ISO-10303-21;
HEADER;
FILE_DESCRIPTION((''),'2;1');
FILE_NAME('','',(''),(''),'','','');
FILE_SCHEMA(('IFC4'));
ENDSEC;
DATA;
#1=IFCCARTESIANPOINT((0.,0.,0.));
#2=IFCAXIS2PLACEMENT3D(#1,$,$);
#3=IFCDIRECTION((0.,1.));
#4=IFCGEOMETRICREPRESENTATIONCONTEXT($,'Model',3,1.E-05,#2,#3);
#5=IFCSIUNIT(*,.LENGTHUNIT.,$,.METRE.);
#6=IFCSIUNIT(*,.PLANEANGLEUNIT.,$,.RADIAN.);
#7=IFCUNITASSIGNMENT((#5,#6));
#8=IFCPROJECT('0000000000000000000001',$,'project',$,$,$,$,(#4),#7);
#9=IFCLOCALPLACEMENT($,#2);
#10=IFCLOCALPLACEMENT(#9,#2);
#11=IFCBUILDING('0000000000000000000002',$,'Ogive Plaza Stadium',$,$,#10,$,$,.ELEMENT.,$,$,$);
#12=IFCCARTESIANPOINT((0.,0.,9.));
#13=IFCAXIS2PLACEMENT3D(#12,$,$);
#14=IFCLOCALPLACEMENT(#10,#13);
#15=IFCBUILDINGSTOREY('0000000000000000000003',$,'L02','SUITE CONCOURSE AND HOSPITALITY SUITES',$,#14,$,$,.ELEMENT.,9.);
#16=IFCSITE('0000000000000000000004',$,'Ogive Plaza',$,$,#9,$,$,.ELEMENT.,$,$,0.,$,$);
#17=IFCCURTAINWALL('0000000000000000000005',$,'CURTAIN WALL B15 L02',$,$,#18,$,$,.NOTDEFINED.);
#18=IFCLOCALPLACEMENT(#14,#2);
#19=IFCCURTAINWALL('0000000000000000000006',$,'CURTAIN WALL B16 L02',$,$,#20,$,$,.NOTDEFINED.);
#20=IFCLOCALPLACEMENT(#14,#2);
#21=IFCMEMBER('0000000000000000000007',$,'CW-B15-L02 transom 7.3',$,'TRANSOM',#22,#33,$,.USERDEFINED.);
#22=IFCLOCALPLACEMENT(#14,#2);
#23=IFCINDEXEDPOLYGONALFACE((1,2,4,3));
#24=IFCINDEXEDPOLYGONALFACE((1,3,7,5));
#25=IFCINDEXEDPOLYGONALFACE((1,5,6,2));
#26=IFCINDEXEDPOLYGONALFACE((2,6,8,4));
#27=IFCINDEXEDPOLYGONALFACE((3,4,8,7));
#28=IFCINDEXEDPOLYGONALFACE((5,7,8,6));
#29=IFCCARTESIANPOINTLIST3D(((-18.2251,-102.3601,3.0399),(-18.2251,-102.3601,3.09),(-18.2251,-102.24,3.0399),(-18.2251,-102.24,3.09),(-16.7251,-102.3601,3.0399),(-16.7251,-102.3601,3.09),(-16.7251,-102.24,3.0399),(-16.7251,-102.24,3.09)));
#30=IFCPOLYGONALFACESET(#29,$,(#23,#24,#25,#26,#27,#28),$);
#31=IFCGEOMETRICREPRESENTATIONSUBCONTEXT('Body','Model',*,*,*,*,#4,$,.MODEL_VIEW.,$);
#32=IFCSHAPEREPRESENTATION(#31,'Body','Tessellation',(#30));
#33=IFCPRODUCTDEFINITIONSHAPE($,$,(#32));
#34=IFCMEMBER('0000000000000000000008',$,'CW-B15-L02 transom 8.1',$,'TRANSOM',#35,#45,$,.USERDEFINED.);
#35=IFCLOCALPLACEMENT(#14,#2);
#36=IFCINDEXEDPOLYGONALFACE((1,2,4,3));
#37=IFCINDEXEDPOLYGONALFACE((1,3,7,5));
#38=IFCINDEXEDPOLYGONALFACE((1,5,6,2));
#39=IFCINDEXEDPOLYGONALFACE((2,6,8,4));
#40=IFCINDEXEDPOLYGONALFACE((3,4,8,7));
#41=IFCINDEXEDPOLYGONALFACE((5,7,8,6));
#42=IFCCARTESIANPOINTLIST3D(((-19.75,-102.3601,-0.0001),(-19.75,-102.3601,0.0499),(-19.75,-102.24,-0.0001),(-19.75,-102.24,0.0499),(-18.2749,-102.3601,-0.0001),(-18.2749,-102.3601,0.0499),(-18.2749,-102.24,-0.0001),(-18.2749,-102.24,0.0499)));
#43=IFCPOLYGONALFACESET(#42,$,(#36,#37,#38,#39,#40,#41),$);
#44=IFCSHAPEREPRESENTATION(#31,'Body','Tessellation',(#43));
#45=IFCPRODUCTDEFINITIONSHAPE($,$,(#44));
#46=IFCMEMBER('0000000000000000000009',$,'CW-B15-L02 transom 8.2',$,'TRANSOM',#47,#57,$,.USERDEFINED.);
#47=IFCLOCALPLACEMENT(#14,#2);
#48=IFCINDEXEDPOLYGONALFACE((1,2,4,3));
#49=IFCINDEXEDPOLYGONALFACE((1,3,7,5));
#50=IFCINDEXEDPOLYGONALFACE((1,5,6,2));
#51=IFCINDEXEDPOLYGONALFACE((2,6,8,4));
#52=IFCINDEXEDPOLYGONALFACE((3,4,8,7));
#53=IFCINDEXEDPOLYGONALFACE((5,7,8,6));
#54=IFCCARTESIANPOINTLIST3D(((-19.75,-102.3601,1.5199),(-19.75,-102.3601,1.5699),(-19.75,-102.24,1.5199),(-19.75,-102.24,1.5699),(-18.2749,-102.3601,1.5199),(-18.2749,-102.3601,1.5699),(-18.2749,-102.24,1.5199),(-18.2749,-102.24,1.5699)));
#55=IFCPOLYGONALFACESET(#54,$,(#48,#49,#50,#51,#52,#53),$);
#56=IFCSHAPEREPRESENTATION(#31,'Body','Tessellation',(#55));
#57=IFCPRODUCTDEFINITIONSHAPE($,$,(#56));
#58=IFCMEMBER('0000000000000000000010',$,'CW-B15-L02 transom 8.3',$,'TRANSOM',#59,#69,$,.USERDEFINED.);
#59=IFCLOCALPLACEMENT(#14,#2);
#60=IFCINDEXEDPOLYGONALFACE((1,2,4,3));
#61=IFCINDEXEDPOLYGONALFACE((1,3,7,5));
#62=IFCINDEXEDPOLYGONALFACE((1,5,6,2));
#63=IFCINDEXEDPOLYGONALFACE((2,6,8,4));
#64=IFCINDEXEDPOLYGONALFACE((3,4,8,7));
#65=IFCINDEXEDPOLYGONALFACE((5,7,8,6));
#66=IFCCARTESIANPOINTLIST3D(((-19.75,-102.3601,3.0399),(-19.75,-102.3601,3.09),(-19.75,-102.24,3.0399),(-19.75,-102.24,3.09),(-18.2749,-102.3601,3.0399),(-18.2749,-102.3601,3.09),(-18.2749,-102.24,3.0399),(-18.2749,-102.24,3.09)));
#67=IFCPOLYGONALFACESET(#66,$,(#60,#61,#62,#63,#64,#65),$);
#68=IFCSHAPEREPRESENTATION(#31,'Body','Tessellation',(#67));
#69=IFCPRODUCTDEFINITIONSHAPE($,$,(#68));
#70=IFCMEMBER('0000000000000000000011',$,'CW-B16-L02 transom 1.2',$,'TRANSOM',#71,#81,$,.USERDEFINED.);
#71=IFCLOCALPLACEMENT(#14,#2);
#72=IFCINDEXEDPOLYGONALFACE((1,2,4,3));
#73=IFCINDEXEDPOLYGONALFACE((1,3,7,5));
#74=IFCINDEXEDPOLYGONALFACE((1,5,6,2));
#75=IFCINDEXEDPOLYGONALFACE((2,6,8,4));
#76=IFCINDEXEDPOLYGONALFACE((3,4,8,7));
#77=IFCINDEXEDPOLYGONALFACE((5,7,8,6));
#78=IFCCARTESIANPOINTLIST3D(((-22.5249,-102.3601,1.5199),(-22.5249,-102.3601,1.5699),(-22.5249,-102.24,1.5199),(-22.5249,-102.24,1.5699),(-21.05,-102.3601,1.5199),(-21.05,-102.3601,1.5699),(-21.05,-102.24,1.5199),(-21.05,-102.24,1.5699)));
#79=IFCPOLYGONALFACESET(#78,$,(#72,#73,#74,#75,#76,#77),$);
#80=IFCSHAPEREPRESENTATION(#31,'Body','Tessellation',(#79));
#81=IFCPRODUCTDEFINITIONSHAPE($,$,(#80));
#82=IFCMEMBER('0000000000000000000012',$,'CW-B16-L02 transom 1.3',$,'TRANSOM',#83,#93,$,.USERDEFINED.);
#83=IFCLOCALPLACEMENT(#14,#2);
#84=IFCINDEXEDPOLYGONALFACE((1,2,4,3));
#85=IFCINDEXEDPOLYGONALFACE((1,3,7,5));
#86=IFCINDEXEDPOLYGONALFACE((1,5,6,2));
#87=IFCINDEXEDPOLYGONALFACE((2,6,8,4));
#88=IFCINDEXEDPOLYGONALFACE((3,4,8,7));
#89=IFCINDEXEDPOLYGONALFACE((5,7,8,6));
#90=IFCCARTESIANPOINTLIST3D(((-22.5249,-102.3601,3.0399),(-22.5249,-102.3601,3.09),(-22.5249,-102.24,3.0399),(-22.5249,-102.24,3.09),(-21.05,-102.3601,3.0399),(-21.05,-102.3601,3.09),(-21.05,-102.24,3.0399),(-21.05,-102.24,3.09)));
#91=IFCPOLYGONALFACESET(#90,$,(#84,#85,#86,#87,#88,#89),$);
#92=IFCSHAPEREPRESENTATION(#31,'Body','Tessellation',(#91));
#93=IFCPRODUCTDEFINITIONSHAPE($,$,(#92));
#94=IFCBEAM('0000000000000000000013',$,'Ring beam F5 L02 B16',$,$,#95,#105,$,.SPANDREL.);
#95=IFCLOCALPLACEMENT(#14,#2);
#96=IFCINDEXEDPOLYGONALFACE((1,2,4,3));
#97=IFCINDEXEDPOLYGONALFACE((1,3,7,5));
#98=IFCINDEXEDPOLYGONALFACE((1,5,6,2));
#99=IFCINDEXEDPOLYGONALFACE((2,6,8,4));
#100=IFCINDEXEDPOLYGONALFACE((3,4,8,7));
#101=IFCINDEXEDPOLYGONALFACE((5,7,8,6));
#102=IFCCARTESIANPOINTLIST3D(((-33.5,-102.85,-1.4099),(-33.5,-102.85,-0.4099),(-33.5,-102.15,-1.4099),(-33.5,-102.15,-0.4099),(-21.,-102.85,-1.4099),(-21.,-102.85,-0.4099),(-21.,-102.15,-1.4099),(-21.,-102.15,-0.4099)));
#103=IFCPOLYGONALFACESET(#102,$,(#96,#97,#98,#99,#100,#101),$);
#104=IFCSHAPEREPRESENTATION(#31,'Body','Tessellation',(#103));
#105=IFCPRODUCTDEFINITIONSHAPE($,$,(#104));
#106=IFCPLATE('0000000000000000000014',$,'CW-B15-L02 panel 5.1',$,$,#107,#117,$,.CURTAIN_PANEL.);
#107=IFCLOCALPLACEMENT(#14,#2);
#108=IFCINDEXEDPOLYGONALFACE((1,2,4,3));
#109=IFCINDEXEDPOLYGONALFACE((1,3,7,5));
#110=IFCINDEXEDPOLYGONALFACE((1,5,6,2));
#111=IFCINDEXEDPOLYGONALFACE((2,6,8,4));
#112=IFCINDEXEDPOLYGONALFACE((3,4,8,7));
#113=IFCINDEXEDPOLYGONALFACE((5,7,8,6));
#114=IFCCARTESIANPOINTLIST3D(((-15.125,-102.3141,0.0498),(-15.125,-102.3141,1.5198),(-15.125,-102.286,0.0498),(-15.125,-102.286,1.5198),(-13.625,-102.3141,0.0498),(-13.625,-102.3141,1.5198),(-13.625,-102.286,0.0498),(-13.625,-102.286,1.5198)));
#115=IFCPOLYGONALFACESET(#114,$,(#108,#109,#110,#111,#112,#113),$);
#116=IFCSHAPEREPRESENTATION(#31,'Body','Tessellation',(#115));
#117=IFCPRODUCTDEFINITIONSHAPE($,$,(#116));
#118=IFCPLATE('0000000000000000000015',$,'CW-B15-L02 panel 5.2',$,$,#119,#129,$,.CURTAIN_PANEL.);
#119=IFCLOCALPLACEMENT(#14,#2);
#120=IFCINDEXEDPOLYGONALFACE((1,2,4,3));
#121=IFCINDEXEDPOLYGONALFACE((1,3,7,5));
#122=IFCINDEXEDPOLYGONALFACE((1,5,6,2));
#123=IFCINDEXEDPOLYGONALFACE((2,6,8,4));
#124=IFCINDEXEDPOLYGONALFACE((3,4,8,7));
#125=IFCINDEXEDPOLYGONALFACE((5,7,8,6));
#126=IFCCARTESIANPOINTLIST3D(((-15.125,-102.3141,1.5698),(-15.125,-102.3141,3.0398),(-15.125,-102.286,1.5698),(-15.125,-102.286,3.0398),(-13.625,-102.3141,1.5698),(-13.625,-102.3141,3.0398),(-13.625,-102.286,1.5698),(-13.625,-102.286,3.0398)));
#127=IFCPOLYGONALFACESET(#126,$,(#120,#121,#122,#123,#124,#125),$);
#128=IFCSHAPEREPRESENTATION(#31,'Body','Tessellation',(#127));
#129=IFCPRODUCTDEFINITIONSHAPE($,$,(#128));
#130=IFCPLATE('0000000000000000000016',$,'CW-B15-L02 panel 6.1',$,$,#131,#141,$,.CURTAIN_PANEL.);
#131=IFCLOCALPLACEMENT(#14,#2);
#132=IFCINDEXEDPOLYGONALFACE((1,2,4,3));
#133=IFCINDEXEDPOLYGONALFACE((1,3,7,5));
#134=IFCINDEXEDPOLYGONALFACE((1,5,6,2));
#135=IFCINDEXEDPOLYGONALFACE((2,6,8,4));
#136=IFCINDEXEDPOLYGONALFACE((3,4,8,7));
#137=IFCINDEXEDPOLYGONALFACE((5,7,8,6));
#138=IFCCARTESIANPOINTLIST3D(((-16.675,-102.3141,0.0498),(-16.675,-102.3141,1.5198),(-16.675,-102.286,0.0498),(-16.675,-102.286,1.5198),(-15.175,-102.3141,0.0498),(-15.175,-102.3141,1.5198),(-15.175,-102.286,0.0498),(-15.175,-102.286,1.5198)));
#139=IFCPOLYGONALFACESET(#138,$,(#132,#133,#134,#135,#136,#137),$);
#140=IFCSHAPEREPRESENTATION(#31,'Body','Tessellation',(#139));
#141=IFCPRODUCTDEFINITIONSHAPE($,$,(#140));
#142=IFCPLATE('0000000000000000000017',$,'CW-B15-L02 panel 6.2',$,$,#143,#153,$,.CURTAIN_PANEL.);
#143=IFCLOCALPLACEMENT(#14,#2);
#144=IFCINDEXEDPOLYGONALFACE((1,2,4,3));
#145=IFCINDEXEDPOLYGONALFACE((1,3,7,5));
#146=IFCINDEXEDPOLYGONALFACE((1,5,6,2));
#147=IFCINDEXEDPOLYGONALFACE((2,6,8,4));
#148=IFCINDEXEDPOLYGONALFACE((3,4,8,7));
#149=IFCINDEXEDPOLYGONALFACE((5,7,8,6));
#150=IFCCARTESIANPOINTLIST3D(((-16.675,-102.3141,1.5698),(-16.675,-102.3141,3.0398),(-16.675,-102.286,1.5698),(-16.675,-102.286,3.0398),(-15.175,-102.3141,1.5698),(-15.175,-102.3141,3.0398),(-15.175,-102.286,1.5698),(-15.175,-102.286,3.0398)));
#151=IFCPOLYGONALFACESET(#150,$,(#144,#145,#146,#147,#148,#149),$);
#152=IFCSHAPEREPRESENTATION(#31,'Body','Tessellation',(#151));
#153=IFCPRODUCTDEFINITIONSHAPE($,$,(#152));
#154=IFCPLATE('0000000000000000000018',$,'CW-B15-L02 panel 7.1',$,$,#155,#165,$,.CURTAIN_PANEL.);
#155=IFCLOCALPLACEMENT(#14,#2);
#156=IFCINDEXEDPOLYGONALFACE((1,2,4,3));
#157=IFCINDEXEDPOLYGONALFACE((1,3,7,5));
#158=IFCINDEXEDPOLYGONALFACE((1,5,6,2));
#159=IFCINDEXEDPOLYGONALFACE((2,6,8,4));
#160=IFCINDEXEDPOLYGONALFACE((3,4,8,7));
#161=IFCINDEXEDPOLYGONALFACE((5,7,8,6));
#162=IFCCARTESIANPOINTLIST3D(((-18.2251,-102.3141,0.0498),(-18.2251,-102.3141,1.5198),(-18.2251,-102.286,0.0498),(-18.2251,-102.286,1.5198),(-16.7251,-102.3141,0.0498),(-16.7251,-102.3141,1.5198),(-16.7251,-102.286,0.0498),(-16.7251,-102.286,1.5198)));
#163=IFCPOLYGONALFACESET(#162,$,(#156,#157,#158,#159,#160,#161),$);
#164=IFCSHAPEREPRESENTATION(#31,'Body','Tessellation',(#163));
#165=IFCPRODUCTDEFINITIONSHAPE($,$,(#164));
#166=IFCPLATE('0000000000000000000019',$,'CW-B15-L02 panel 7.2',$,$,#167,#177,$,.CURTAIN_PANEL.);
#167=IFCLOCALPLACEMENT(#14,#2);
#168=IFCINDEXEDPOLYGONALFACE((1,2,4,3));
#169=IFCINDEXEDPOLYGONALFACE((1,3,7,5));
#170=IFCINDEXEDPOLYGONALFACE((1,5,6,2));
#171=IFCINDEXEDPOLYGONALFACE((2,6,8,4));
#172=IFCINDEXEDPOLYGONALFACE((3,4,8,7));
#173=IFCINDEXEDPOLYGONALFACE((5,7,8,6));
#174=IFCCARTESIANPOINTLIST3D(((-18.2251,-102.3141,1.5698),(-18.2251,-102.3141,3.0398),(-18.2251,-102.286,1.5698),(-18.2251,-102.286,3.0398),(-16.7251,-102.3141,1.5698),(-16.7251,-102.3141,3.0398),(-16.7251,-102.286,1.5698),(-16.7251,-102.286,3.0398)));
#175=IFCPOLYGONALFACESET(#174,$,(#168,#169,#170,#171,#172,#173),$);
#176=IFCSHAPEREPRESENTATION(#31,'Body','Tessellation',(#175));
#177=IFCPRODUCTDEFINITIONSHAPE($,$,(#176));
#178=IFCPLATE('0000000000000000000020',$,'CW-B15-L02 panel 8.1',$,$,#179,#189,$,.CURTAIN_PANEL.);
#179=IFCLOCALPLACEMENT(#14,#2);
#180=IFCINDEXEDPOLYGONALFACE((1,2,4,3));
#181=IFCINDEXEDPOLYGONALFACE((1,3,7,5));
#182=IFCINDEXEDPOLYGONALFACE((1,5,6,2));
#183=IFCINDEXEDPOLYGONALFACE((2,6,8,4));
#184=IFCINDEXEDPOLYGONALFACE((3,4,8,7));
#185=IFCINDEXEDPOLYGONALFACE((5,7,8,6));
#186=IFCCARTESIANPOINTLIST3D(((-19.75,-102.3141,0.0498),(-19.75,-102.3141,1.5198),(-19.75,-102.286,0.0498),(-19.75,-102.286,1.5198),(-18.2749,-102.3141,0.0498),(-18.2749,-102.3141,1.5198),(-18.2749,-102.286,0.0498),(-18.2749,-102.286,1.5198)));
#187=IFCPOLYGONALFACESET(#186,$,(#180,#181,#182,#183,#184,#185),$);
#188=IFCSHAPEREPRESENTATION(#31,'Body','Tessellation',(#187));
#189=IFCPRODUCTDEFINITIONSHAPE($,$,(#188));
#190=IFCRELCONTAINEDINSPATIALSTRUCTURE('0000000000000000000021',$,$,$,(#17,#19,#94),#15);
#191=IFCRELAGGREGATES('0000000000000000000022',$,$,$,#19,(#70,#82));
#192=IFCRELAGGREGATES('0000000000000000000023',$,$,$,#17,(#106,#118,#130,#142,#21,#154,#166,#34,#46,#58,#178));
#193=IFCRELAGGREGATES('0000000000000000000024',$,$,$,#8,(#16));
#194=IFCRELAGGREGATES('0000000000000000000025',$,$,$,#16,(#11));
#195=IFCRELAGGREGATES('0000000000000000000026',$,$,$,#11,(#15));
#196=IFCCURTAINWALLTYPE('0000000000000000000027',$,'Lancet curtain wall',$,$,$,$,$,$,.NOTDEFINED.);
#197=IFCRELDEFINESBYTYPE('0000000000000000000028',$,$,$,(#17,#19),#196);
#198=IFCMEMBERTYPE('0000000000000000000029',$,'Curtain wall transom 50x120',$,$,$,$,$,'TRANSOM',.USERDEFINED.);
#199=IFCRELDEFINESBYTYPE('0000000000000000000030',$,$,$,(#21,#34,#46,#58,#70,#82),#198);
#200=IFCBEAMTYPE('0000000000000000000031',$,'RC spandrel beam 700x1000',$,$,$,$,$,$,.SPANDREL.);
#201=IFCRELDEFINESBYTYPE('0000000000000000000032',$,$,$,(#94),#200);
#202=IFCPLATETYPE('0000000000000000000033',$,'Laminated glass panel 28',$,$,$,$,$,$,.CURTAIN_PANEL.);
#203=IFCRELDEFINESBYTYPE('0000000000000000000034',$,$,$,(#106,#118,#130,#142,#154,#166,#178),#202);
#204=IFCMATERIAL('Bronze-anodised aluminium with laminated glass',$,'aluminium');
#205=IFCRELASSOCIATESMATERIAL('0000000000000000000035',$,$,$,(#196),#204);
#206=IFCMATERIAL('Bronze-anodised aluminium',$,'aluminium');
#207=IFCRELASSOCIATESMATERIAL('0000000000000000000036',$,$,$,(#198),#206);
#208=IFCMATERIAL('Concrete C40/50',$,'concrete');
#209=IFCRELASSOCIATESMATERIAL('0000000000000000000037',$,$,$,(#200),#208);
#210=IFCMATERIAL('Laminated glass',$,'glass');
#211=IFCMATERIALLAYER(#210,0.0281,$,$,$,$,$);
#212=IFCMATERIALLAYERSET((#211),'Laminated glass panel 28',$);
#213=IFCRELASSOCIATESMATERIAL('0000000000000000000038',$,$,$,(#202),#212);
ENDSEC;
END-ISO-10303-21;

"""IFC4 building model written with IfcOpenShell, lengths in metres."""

from ifc_helpers import new_model, si_unit, direction, frame, origin, origin_2d, place, context, subcontext, project, spatial, rectangle, extrude, material, layer, layer_set, material_profile, profile_set, type_object, element, aggregate, save


model = new_model("IFC4")

# Units and contexts
model_context = context("Model", 3, precision=1e-05, world=origin(), true_north=direction((0.0, 1.0)))
body_context = subcontext(model_context, "Body", "Model", "MODEL_VIEW")
ifc_project = project(units=[si_unit("LENGTHUNIT", "METRE"), si_unit("PLANEANGLEUNIT", "RADIAN")], contexts=[model_context])

# Site, building, storey
site_placement = place(None, origin())
site = spatial("IfcSite", under=ifc_project, at=site_placement, Name="Ogive Plaza", CompositionType="ELEMENT", RefElevation=0.0)
building_placement = place(site_placement, origin())
building = spatial("IfcBuilding", under=site, at=building_placement, Name="Ogive Plaza Stadium", CompositionType="ELEMENT")
storey_placement = place(building_placement, frame((0.0, 0.0, 9.0)))
storey = spatial("IfcBuildingStorey", under=building, at=storey_placement, Name="L02", Description="SUITE CONCOURSE AND HOSPITALITY SUITES", CompositionType="ELEMENT", Elevation=9.0)

# Curtain wall
ifc_material_1 = material(Name="Bronze-anodised aluminium with laminated glass", Category="aluminium")
curtain_wall_type = type_object("IfcCurtainWallType", Name="Lancet curtain wall", PredefinedType="NOTDEFINED", material=ifc_material_1)
curtain_wall_1_placement = place(storey_placement, origin())
curtain_wall_1 = element("IfcCurtainWall", 1, at=curtain_wall_1_placement, inside=storey, type_object=curtain_wall_type, Name="CURTAIN WALL B15 L02", PredefinedType="NOTDEFINED")

# Curtain wall
curtain_wall_2_placement = place(storey_placement, origin())
curtain_wall_2 = element("IfcCurtainWall", 2, at=curtain_wall_2_placement, inside=storey, type_object=curtain_wall_type, Name="CURTAIN WALL B16 L02", PredefinedType="NOTDEFINED")

# Members
ifc_material_2 = material(Name="Bronze-anodised aluminium", Category="aluminium")
ifc_material_profile_1 = material_profile(ifc_material_2, rectangle(XDim=0.1201, YDim=0.05, at=origin_2d()), Name="AL 120x50")
ifc_profile_set_1 = profile_set([ifc_material_profile_1], Name="Bronze-anodised aluminium")
member_type_1 = type_object("IfcMemberType", Name="Curtain wall transom 50x120", ElementType="TRANSOM", PredefinedType="USERDEFINED", material=ifc_profile_set_1)
member_1_placement = place(storey_placement, frame((-16.7251, -102.3, 3.0649), z_axis=(-1.0, 0.0, 0.0), x_axis=(0.0, -1.0, 0.0)))
member_1 = element("IfcMember", 3, at=member_1_placement, type_object=member_type_1, Name="CW-B15-L02 transom 7.3", ObjectType="TRANSOM", PredefinedType="USERDEFINED", context=body_context, shape_type="SweptSolid", body=[
    extrude(rectangle(XDim=0.1201, YDim=0.05, at=origin_2d()), origin(), (0.0, 0.0, 1.0), 1.5),
])
member_2_placement = place(storey_placement, frame((-18.2749, -102.3, 0.0249), z_axis=(-1.0, 0.0, 0.0), x_axis=(0.0, -1.0, 0.0)))
member_2 = element("IfcMember", 4, at=member_2_placement, type_object=member_type_1, Name="CW-B15-L02 transom 8.1", ObjectType="TRANSOM", PredefinedType="USERDEFINED", context=body_context, shape_type="SweptSolid", body=[
    extrude(rectangle(XDim=0.1201, YDim=0.05, at=origin_2d()), origin(), (0.0, 0.0, 1.0), 1.4751),
])
member_3_placement = place(storey_placement, frame((-18.2749, -102.3, 1.5449), z_axis=(-1.0, 0.0, 0.0), x_axis=(0.0, -1.0, 0.0)))
member_3 = element("IfcMember", 5, at=member_3_placement, type_object=member_type_1, Name="CW-B15-L02 transom 8.2", ObjectType="TRANSOM", PredefinedType="USERDEFINED", context=body_context, shape_type="SweptSolid", body=[
    extrude(rectangle(XDim=0.1201, YDim=0.05, at=origin_2d()), origin(), (0.0, 0.0, 1.0), 1.4751),
])
member_4_placement = place(storey_placement, frame((-18.2749, -102.3, 3.0649), z_axis=(-1.0, 0.0, 0.0), x_axis=(0.0, -1.0, 0.0)))
member_4 = element("IfcMember", 6, at=member_4_placement, type_object=member_type_1, Name="CW-B15-L02 transom 8.3", ObjectType="TRANSOM", PredefinedType="USERDEFINED", context=body_context, shape_type="SweptSolid", body=[
    extrude(rectangle(XDim=0.1201, YDim=0.05, at=origin_2d()), origin(), (0.0, 0.0, 1.0), 1.4751),
])
member_5_placement = place(storey_placement, frame((-21.05, -102.3, 1.5449), z_axis=(-1.0, 0.0, 0.0), x_axis=(0.0, -1.0, 0.0)))
member_5 = element("IfcMember", 7, at=member_5_placement, type_object=member_type_1, Name="CW-B16-L02 transom 1.2", ObjectType="TRANSOM", PredefinedType="USERDEFINED", context=body_context, shape_type="SweptSolid", body=[
    extrude(rectangle(XDim=0.1201, YDim=0.05, at=origin_2d()), origin(), (0.0, 0.0, 1.0), 1.4749),
])
member_6_placement = place(storey_placement, frame((-21.05, -102.3, 3.0649), z_axis=(-1.0, 0.0, 0.0), x_axis=(0.0, -1.0, 0.0)))
member_6 = element("IfcMember", 8, at=member_6_placement, type_object=member_type_1, Name="CW-B16-L02 transom 1.3", ObjectType="TRANSOM", PredefinedType="USERDEFINED", context=body_context, shape_type="SweptSolid", body=[
    extrude(rectangle(XDim=0.1201, YDim=0.05, at=origin_2d()), origin(), (0.0, 0.0, 1.0), 1.4749),
])
aggregate(curtain_wall_2, [member_5, member_6])

# Beam
ifc_material_3 = material(Name="Concrete C40/50", Category="concrete")
ifc_material_profile_2 = material_profile(ifc_material_3, rectangle(XDim=0.7, YDim=1.0, at=origin_2d()), Name="RC 700x1000")
ifc_profile_set_2 = profile_set([ifc_material_profile_2], Name="Concrete C40/50")
beam_type = type_object("IfcBeamType", Name="RC spandrel beam 700x1000", PredefinedType="SPANDREL", material=ifc_profile_set_2)
beam_placement = place(storey_placement, frame((-21.0, -102.5, -0.9099), z_axis=(-1.0, 0.0, 0.0), x_axis=(0.0, -1.0, 0.0)))
element("IfcBeam", 9, at=beam_placement, inside=storey, type_object=beam_type, Name="Ring beam F5 L02 B16", PredefinedType="SPANDREL", context=body_context, shape_type="SweptSolid", body=[
    extrude(rectangle(XDim=0.7, YDim=1.0, at=origin_2d()), origin(), (0.0, 0.0, 1.0), 12.5),
])

# Plates
ifc_material_4 = material(Name="Laminated glass", Category="glass")
ifc_layer_1 = layer(ifc_material_4, 0.0281)
ifc_layer_set_1 = layer_set([ifc_layer_1], Name="Laminated glass panel 28")
plate_type = type_object("IfcPlateType", Name="Laminated glass panel 28", PredefinedType="CURTAIN_PANEL", material=ifc_layer_set_1)
plate_1_placement = place(storey_placement, frame((-14.375, -102.3, 0.0498), z_axis=(0.0, 0.0, 1.0), x_axis=(-1.0, 0.0, 0.0)))
plate_1 = element("IfcPlate", 10, at=plate_1_placement, type_object=plate_type, Name="CW-B15-L02 panel 5.1", PredefinedType="CURTAIN_PANEL", context=body_context, shape_type="SweptSolid", body=[
    extrude(rectangle(XDim=1.5, YDim=0.0281, at=origin_2d()), origin(), (0.0, 0.0, 1.0), 1.47),
])
plate_2_placement = place(storey_placement, frame((-14.375, -102.3, 1.5698), z_axis=(0.0, 0.0, 1.0), x_axis=(-1.0, 0.0, 0.0)))
plate_2 = element("IfcPlate", 11, at=plate_2_placement, type_object=plate_type, Name="CW-B15-L02 panel 5.2", PredefinedType="CURTAIN_PANEL", context=body_context, shape_type="SweptSolid", body=[
    extrude(rectangle(XDim=1.5, YDim=0.0281, at=origin_2d()), origin(), (0.0, 0.0, 1.0), 1.47),
])
plate_3_placement = place(storey_placement, frame((-15.925, -102.3, 0.0498), z_axis=(0.0, 0.0, 1.0), x_axis=(-1.0, 0.0, 0.0)))
plate_3 = element("IfcPlate", 12, at=plate_3_placement, type_object=plate_type, Name="CW-B15-L02 panel 6.1", PredefinedType="CURTAIN_PANEL", context=body_context, shape_type="SweptSolid", body=[
    extrude(rectangle(XDim=1.5, YDim=0.0281, at=origin_2d()), origin(), (0.0, 0.0, 1.0), 1.47),
])
plate_4_placement = place(storey_placement, frame((-15.925, -102.3, 1.5698), z_axis=(0.0, 0.0, 1.0), x_axis=(-1.0, 0.0, 0.0)))
plate_4 = element("IfcPlate", 13, at=plate_4_placement, type_object=plate_type, Name="CW-B15-L02 panel 6.2", PredefinedType="CURTAIN_PANEL", context=body_context, shape_type="SweptSolid", body=[
    extrude(rectangle(XDim=1.5, YDim=0.0281, at=origin_2d()), origin(), (0.0, 0.0, 1.0), 1.47),
])
plate_5_placement = place(storey_placement, frame((-17.4751, -102.3, 0.0498), z_axis=(0.0, 0.0, 1.0), x_axis=(-1.0, 0.0, 0.0)))
plate_5 = element("IfcPlate", 14, at=plate_5_placement, type_object=plate_type, Name="CW-B15-L02 panel 7.1", PredefinedType="CURTAIN_PANEL", context=body_context, shape_type="SweptSolid", body=[
    extrude(rectangle(XDim=1.5, YDim=0.0281, at=origin_2d()), origin(), (0.0, 0.0, 1.0), 1.47),
])
plate_6_placement = place(storey_placement, frame((-17.4751, -102.3, 1.5698), z_axis=(0.0, 0.0, 1.0), x_axis=(-1.0, 0.0, 0.0)))
plate_6 = element("IfcPlate", 15, at=plate_6_placement, type_object=plate_type, Name="CW-B15-L02 panel 7.2", PredefinedType="CURTAIN_PANEL", context=body_context, shape_type="SweptSolid", body=[
    extrude(rectangle(XDim=1.5, YDim=0.0281, at=origin_2d()), origin(), (0.0, 0.0, 1.0), 1.47),
])
plate_7_placement = place(storey_placement, frame((-19.0125, -102.3, 0.0498), z_axis=(0.0, 0.0, 1.0), x_axis=(-1.0, 0.0, 0.0)))
plate_7 = element("IfcPlate", 16, at=plate_7_placement, type_object=plate_type, Name="CW-B15-L02 panel 8.1", PredefinedType="CURTAIN_PANEL", context=body_context, shape_type="SweptSolid", body=[
    extrude(rectangle(XDim=1.4751, YDim=0.0281, at=origin_2d()), origin(), (0.0, 0.0, 1.0), 1.47),
])
aggregate(curtain_wall_1, [plate_1, plate_2, plate_3, plate_4, member_1, plate_5, plate_6, member_2, member_3, member_4, plate_7])

save(model, "model.ifc")
